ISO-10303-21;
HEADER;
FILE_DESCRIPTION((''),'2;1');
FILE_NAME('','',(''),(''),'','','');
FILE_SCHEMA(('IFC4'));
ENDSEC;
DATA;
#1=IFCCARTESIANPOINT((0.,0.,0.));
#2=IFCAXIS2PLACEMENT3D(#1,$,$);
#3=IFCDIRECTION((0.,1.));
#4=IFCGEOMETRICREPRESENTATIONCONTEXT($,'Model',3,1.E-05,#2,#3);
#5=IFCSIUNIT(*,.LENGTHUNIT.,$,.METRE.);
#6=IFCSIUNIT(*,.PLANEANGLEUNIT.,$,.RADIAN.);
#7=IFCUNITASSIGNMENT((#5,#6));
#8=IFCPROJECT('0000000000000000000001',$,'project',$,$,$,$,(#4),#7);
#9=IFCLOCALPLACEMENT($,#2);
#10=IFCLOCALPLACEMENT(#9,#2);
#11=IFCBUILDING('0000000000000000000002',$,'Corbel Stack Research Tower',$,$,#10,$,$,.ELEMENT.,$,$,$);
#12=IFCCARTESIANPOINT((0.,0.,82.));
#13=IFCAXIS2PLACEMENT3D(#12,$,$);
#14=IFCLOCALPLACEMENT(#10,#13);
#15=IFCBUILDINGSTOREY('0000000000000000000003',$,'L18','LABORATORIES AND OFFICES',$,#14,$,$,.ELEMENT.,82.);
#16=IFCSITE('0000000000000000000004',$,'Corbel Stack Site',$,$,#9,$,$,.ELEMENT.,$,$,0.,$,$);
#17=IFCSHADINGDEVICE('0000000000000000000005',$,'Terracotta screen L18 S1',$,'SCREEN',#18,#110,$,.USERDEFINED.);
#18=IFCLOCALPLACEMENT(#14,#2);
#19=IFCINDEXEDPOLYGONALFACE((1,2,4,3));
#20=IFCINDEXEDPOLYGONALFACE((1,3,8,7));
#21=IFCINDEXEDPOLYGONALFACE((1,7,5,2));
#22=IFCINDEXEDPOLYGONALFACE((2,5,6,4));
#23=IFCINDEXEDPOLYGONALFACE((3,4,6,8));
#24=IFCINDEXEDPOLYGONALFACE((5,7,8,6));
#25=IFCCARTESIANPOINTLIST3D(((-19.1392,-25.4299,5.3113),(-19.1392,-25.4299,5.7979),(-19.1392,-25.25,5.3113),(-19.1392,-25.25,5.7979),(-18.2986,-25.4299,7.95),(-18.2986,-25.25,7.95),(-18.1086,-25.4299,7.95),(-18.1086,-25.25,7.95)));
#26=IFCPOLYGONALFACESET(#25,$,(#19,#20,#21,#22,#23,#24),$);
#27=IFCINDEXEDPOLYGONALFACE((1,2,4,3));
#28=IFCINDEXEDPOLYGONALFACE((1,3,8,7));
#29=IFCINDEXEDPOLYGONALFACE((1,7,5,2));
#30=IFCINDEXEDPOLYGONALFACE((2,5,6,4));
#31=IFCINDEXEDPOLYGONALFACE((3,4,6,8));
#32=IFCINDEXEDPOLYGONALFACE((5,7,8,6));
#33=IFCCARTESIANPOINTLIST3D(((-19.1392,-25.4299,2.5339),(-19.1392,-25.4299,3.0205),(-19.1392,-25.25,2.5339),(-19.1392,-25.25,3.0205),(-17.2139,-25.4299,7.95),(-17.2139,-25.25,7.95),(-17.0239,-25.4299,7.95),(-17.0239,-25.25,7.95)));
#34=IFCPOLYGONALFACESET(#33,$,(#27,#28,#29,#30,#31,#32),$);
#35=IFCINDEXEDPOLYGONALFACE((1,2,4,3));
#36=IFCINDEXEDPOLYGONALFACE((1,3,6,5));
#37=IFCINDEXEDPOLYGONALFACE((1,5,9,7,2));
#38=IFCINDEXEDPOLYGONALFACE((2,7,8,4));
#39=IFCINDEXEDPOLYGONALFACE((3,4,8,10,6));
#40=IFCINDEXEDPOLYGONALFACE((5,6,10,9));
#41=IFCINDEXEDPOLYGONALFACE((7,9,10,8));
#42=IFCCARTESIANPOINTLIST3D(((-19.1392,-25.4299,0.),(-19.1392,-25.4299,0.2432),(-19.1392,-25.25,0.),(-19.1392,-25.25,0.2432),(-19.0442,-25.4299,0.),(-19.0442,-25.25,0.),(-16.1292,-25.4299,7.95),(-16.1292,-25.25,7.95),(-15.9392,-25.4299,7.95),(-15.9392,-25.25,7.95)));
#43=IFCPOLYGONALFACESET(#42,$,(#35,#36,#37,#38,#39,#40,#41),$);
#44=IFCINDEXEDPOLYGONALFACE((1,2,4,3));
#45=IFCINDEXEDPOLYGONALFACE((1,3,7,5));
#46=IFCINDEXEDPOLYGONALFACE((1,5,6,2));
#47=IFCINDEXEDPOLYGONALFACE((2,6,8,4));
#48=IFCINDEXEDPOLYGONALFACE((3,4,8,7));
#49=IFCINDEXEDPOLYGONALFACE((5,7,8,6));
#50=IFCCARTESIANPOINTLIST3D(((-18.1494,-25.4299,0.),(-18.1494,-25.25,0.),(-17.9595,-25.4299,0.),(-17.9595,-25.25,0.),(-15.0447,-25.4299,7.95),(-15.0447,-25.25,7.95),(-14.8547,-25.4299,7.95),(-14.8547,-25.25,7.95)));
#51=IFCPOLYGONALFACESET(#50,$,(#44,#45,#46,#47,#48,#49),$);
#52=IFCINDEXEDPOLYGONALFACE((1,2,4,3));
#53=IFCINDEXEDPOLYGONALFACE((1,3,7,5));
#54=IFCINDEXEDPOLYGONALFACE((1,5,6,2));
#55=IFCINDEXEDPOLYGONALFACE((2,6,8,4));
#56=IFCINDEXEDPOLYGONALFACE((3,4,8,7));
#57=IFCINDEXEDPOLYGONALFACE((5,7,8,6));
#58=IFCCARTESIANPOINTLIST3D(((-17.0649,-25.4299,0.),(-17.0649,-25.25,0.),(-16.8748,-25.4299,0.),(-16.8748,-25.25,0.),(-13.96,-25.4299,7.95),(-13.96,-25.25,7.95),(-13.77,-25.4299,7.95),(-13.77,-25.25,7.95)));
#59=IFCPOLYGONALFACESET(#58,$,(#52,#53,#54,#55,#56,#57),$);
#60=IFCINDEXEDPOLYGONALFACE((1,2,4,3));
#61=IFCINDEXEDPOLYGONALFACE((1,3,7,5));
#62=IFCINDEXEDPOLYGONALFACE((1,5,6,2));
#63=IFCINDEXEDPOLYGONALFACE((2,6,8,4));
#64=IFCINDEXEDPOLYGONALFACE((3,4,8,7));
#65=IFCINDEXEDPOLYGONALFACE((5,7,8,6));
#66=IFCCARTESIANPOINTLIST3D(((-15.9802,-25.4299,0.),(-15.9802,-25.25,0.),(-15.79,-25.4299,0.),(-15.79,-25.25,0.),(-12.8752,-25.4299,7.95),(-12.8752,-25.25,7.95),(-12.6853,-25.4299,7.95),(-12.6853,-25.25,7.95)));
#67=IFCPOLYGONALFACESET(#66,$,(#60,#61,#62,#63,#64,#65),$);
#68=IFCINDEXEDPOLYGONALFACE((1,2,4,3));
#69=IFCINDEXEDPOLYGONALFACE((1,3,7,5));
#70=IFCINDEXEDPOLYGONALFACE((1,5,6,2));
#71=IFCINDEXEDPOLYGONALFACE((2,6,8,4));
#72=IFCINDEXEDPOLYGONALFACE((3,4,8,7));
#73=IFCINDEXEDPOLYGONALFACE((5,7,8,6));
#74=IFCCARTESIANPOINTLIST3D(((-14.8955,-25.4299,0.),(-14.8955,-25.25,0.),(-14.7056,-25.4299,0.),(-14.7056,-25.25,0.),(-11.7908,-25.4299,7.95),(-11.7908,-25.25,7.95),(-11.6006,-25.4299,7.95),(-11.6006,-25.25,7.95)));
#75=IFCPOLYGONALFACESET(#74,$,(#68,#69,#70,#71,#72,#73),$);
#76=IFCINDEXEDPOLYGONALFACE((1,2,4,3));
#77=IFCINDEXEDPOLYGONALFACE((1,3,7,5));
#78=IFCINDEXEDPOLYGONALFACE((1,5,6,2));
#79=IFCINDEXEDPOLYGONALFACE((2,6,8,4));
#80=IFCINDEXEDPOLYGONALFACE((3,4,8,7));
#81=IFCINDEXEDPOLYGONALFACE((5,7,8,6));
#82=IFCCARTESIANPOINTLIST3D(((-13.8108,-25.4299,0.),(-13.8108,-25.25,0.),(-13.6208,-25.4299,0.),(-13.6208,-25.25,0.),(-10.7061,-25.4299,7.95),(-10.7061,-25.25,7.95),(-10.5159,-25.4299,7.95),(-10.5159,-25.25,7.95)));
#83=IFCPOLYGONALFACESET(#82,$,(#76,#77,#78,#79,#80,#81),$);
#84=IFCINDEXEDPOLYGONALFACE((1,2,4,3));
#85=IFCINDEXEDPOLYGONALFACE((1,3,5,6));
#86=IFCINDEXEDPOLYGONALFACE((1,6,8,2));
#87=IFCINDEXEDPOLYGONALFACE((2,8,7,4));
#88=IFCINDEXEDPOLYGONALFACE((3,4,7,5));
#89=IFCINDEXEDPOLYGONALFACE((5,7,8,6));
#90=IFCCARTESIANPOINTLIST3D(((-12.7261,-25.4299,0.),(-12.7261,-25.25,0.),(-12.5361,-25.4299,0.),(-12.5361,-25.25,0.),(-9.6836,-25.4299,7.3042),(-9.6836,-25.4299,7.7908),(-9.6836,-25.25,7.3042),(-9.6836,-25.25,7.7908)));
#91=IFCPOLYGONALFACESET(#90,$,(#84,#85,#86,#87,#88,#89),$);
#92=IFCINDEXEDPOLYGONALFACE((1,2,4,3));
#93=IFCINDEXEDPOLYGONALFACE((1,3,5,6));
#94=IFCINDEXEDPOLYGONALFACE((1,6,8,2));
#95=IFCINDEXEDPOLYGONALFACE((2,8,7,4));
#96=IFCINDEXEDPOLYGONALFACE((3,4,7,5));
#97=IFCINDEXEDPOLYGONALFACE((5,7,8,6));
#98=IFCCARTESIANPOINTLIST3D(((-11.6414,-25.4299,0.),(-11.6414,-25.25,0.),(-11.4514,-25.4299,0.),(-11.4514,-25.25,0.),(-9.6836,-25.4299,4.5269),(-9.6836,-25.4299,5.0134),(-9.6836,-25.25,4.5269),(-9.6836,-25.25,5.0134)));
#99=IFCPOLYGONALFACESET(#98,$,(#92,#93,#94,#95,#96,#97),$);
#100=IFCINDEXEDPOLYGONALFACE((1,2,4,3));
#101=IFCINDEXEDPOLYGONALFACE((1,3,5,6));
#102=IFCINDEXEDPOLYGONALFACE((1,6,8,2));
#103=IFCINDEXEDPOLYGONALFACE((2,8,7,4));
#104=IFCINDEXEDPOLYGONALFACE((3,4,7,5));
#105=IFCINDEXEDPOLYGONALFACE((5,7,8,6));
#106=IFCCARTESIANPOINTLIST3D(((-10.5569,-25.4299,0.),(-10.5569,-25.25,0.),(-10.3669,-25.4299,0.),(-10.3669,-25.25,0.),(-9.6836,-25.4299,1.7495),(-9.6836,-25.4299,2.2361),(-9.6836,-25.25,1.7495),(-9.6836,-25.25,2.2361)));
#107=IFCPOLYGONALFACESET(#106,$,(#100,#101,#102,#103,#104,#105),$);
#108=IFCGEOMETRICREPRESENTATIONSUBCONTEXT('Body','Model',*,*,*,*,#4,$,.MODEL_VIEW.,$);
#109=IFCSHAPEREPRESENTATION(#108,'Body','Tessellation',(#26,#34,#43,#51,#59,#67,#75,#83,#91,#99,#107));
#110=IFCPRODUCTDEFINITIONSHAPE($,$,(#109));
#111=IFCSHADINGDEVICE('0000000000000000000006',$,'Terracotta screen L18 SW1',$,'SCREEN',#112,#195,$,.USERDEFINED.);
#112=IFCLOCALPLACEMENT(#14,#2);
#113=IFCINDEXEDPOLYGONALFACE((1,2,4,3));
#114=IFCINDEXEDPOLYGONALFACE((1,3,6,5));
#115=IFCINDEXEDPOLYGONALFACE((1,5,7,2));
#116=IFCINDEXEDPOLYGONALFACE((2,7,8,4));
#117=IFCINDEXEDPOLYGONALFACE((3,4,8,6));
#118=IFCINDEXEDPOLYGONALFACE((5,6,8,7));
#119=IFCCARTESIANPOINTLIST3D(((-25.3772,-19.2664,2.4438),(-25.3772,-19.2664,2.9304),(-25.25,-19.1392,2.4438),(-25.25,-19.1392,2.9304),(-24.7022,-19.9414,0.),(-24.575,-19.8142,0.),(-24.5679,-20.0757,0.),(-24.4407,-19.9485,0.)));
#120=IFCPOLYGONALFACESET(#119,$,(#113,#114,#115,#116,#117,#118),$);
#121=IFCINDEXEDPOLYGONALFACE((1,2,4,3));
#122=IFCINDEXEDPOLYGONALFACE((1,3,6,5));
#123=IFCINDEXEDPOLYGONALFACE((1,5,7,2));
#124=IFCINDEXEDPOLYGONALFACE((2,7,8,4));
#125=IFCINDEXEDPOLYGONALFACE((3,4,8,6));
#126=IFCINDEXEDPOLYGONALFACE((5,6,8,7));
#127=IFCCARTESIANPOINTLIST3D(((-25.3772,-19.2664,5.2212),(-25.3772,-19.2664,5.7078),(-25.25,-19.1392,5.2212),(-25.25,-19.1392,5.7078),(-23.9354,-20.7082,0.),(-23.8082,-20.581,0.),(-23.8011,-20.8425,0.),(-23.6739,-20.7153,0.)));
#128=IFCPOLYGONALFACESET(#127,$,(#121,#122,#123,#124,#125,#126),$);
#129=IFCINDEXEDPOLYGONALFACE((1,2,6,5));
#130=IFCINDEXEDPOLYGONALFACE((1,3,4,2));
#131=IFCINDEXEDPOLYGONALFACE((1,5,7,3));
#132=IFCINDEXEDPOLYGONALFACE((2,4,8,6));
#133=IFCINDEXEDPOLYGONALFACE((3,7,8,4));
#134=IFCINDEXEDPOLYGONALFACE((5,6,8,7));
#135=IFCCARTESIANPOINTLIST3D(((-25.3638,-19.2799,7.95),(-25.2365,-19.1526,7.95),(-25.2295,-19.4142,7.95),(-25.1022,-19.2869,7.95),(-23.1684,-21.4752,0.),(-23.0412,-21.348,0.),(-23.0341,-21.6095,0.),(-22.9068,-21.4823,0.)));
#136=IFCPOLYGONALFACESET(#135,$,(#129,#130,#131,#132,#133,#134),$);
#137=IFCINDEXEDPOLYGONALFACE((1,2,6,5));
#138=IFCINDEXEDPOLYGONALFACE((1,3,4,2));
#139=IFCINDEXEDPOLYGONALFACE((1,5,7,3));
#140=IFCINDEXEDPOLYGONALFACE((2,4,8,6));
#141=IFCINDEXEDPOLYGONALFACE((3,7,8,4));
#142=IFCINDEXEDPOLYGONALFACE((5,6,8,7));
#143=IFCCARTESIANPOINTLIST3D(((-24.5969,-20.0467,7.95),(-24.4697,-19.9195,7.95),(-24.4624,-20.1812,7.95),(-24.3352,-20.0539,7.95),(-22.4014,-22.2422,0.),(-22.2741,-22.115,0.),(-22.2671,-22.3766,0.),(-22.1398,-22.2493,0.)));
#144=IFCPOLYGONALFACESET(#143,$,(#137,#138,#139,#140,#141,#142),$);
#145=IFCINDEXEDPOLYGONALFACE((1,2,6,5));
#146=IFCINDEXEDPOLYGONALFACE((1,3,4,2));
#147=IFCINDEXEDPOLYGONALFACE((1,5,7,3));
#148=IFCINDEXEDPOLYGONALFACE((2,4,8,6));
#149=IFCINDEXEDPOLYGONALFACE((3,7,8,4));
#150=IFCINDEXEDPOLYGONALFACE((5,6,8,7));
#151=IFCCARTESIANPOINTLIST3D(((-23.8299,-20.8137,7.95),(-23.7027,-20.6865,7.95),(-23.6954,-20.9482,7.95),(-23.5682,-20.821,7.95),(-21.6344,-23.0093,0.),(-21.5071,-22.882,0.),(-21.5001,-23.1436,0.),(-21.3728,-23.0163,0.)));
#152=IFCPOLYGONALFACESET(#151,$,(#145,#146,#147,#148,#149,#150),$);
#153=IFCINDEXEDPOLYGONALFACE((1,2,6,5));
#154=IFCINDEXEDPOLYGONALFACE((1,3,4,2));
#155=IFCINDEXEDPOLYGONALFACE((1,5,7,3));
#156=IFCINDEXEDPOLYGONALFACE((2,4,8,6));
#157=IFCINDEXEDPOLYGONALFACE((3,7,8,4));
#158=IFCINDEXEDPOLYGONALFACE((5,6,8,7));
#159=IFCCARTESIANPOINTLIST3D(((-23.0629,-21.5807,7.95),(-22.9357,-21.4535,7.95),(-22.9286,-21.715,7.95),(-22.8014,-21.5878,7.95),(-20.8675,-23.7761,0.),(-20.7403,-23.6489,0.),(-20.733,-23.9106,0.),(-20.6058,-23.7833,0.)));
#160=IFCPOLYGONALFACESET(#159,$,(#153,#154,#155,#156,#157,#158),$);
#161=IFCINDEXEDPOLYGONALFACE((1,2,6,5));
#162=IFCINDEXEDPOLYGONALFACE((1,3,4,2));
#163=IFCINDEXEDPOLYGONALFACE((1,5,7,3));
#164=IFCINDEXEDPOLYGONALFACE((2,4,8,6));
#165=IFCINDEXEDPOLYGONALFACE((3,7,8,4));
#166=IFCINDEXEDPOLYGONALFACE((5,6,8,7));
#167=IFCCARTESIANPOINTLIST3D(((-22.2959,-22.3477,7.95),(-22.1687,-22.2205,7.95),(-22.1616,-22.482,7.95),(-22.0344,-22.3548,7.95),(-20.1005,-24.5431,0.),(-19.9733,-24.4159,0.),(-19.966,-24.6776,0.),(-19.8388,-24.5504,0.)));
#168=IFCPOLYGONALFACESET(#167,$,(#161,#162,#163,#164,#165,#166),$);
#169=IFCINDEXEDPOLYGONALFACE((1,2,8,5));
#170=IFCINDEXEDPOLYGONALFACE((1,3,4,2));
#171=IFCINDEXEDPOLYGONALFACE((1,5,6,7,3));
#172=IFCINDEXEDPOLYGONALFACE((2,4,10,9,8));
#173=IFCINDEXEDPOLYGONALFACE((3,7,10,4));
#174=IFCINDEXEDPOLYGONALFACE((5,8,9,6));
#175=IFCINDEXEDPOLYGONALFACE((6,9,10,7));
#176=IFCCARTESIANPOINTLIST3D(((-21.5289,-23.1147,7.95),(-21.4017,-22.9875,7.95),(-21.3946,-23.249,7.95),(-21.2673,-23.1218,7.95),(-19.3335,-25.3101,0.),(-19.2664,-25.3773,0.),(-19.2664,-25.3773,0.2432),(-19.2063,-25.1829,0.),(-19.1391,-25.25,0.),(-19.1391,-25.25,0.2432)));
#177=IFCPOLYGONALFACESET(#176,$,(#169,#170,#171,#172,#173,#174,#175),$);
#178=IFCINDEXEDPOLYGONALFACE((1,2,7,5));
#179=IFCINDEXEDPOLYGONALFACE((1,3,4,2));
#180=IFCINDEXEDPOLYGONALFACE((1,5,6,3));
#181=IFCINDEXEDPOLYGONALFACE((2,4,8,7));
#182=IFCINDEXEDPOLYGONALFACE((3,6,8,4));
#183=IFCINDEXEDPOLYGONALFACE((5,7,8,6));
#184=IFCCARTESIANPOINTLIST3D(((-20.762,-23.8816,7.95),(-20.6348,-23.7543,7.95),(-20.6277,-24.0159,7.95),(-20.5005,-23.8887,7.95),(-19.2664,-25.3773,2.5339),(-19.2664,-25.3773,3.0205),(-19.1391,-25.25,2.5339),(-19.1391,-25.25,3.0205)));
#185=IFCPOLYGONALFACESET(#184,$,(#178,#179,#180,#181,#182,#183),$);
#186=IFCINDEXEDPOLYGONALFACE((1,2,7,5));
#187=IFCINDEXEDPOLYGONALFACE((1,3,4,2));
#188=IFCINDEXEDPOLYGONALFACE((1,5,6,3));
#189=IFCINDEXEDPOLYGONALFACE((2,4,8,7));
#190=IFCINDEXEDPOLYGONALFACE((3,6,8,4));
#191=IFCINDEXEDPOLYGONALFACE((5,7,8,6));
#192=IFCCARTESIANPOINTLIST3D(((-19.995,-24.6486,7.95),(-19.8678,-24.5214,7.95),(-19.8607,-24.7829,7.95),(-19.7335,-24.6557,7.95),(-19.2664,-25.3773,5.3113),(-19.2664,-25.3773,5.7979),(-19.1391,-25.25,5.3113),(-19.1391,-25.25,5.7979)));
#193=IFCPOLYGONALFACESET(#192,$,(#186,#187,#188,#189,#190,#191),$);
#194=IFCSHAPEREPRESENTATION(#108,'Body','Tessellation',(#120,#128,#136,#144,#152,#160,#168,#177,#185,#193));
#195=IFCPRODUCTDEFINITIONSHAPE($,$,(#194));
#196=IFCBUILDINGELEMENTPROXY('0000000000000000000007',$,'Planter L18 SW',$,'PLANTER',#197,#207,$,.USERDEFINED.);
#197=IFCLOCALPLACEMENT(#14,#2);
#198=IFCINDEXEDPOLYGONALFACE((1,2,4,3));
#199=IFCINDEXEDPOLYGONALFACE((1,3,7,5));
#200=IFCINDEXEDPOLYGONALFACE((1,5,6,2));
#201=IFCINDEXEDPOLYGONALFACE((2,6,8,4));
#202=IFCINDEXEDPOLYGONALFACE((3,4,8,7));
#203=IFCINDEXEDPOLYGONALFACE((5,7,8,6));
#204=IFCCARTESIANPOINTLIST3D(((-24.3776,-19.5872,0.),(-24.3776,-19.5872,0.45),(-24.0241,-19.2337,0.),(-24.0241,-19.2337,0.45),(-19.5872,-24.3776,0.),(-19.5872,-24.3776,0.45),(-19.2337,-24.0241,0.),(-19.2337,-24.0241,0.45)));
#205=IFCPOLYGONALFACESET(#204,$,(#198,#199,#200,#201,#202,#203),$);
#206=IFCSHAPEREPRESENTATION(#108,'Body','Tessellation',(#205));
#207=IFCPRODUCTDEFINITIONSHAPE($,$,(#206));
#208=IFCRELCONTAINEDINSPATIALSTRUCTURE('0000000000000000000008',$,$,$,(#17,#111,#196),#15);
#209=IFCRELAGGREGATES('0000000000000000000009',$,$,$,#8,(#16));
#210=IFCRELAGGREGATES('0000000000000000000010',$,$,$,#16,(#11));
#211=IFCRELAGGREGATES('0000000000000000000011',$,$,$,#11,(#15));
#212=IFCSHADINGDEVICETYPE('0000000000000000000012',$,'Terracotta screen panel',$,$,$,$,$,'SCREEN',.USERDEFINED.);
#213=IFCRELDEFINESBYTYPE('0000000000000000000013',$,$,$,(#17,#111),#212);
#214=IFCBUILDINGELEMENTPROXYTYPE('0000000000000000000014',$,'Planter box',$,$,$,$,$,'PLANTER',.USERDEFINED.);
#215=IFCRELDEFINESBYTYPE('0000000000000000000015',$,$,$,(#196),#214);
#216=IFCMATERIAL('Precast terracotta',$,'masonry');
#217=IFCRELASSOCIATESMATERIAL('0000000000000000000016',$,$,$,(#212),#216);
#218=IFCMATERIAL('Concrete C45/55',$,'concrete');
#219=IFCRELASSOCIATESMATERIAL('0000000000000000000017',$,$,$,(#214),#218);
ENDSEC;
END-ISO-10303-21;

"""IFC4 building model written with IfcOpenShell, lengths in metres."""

from ifc_helpers import new_model, si_unit, direction, frame, origin, origin_2d, place, context, subcontext, project, spatial, polyline, rectangle, outline, extrude, source, transform, mapped, material, type_object, element, save


model = new_model("IFC4")

# Units and contexts
model_context = context("Model", 3, precision=1e-05, world=origin(), true_north=direction((0.0, 1.0)))
body_context = subcontext(model_context, "Body", "Model", "MODEL_VIEW")
ifc_project = project(units=[si_unit("LENGTHUNIT", "METRE"), si_unit("PLANEANGLEUNIT", "RADIAN")], contexts=[model_context])

# Site, building, storey
site_placement = place(None, origin())
site = spatial("IfcSite", under=ifc_project, at=site_placement, Name="Corbel Stack Site", CompositionType="ELEMENT", RefElevation=0.0)
building_placement = place(site_placement, origin())
building = spatial("IfcBuilding", under=site, at=building_placement, Name="Corbel Stack Research Tower", CompositionType="ELEMENT")
storey_placement = place(building_placement, frame((0.0, 0.0, 82.0)))
storey = spatial("IfcBuildingStorey", under=building, at=storey_placement, Name="L18", Description="LABORATORIES AND OFFICES", CompositionType="ELEMENT", Elevation=82.0)

# Shading devices
ifc_material_1 = material(Name="Precast terracotta", Category="masonry")
shading_device_type = type_object("IfcShadingDeviceType", Name="Terracotta screen panel", ElementType="SCREEN", PredefinedType="USERDEFINED", material=ifc_material_1)
shared_shape_1 = source(origin(), body_context, "Body", "SweptSolid", [
    extrude(outline(polyline([(1.0305, 7.95), (0.8406, 7.95), (0.0, 5.7979), (0.0, 5.3113), (1.0305, 7.95)])), frame((0.0, 0.0, 0.0), z_axis=(0.0, -1.0, 0.0), x_axis=(1.0, 0.0, 0.0)), (0.0, 0.0, 1.0), 0.1799),
    extrude(outline(polyline([(2.1152, 7.95), (1.9253, 7.95), (0.0, 3.0205), (0.0, 2.5339), (2.1152, 7.95)])), frame((0.0, 0.0, 0.0), z_axis=(0.0, -1.0, 0.0), x_axis=(1.0, 0.0, 0.0)), (0.0, 0.0, 1.0), 0.1799),
    extrude(outline(polyline([(0.095, 0.0), (3.2, 7.95), (3.01, 7.95), (0.0, 0.2432), (0.0, 0.0), (0.095, 0.0)])), frame((0.0, 0.0, 0.0), z_axis=(0.0, -1.0, 0.0), x_axis=(1.0, 0.0, 0.0)), (0.0, 0.0, 1.0), 0.1799),
    extrude(outline(polyline([(1.1797, 0.0), (4.2844, 7.95), (4.0945, 7.95), (0.9897, 0.0), (1.1797, 0.0)])), frame((0.0, 0.0, 0.0), z_axis=(0.0, -1.0, 0.0), x_axis=(1.0, 0.0, 0.0)), (0.0, 0.0, 1.0), 0.1799),
    extrude(outline(polyline([(2.2644, 0.0), (5.3691, 7.95), (5.1792, 7.95), (2.0742, 0.0), (2.2644, 0.0)])), frame((0.0, 0.0, 0.0), z_axis=(0.0, -1.0, 0.0), x_axis=(1.0, 0.0, 0.0)), (0.0, 0.0, 1.0), 0.1799),
    extrude(outline(polyline([(3.3491, 0.0), (6.4539, 7.95), (6.2639, 7.95), (3.1589, 0.0), (3.3491, 0.0)])), frame((0.0, 0.0, 0.0), z_axis=(0.0, -1.0, 0.0), x_axis=(1.0, 0.0, 0.0)), (0.0, 0.0, 1.0), 0.1799),
    extrude(outline(polyline([(4.4336, 0.0), (7.5386, 7.95), (7.3484, 7.95), (4.2437, 0.0), (4.4336, 0.0)])), frame((0.0, 0.0, 0.0), z_axis=(0.0, -1.0, 0.0), x_axis=(1.0, 0.0, 0.0)), (0.0, 0.0, 1.0), 0.1799),
    extrude(outline(polyline([(5.5183, 0.0), (8.6233, 7.95), (8.4331, 7.95), (5.3284, 0.0), (5.5183, 0.0)])), frame((0.0, 0.0, 0.0), z_axis=(0.0, -1.0, 0.0), x_axis=(1.0, 0.0, 0.0)), (0.0, 0.0, 1.0), 0.1799),
    extrude(outline(polyline([(6.603, 0.0), (9.4556, 7.3042), (9.4556, 7.7908), (6.4131, 0.0), (6.603, 0.0)])), frame((0.0, 0.0, 0.0), z_axis=(0.0, -1.0, 0.0), x_axis=(1.0, 0.0, 0.0)), (0.0, 0.0, 1.0), 0.1799),
    extrude(outline(polyline([(7.6877, 0.0), (9.4556, 4.5269), (9.4556, 5.0134), (7.4978, 0.0), (7.6877, 0.0)])), frame((0.0, 0.0, 0.0), z_axis=(0.0, -1.0, 0.0), x_axis=(1.0, 0.0, 0.0)), (0.0, 0.0, 1.0), 0.1799),
    extrude(outline(polyline([(8.7722, 0.0), (9.4556, 1.7495), (9.4556, 2.2361), (8.5823, 0.0), (8.7722, 0.0)])), frame((0.0, 0.0, 0.0), z_axis=(0.0, -1.0, 0.0), x_axis=(1.0, 0.0, 0.0)), (0.0, 0.0, 1.0), 0.1799),
])
shading_device_1_placement = place(storey_placement, frame((-19.1392, -25.25, 0.0), z_axis=(0.0, 0.0, 1.0), x_axis=(1.0, 0.0, 0.0)))
element("IfcShadingDevice", 1, at=shading_device_1_placement, inside=storey, type_object=shading_device_type, Name="Terracotta screen L18 S1", ObjectType="SCREEN", PredefinedType="USERDEFINED", context=body_context, shape_type="MappedRepresentation", body=[
    mapped(shared_shape_1, transform((0.0, 0.0, 0.0))),
])
shared_shape_2 = source(origin(), body_context, "Body", "SweptSolid", [
    extrude(outline(polyline([(1.1445, 0.0), (0.0, 2.9304), (0.0, 2.4438), (0.9546, 0.0), (1.1445, 0.0)])), frame((0.0, 0.0, 0.0), z_axis=(0.0, -1.0, 0.0), x_axis=(1.0, 0.0, 0.0)), (0.0, 0.0, 1.0), 0.1799),
    extrude(outline(polyline([(2.229, 0.0), (0.0, 5.7078), (0.0, 5.2212), (2.0391, 0.0), (2.229, 0.0)])), frame((0.0, 0.0, 0.0), z_axis=(0.0, -1.0, 0.0), x_axis=(1.0, 0.0, 0.0)), (0.0, 0.0, 1.0), 0.1799),
    extrude(outline(polyline([(3.3137, 0.0), (0.209, 7.95), (0.019, 7.95), (3.1238, 0.0), (3.3137, 0.0)])), frame((0.0, 0.0, 0.0), z_axis=(0.0, -1.0, 0.0), x_axis=(1.0, 0.0, 0.0)), (0.0, 0.0, 1.0), 0.1799),
    extrude(outline(polyline([(4.3984, 0.0), (1.2937, 7.95), (1.1035, 7.95), (4.2085, 0.0), (4.3984, 0.0)])), frame((0.0, 0.0, 0.0), z_axis=(0.0, -1.0, 0.0), x_axis=(1.0, 0.0, 0.0)), (0.0, 0.0, 1.0), 0.1799),
    extrude(outline(polyline([(5.4832, 0.0), (2.3784, 7.95), (2.1882, 7.95), (5.2932, 0.0), (5.4832, 0.0)])), frame((0.0, 0.0, 0.0), z_axis=(0.0, -1.0, 0.0), x_axis=(1.0, 0.0, 0.0)), (0.0, 0.0, 1.0), 0.1799),
    extrude(outline(polyline([(6.5679, 0.0), (3.4629, 7.95), (3.2729, 7.95), (6.3777, 0.0), (6.5679, 0.0)])), frame((0.0, 0.0, 0.0), z_axis=(0.0, -1.0, 0.0), x_axis=(1.0, 0.0, 0.0)), (0.0, 0.0, 1.0), 0.1799),
    extrude(outline(polyline([(7.6526, 0.0), (4.5476, 7.95), (4.3577, 7.95), (7.4624, 0.0), (7.6526, 0.0)])), frame((0.0, 0.0, 0.0), z_axis=(0.0, -1.0, 0.0), x_axis=(1.0, 0.0, 0.0)), (0.0, 0.0, 1.0), 0.1799),
    extrude(outline(polyline([(8.6421, 0.0), (8.6421, 0.2432), (5.6323, 7.95), (5.4424, 7.95), (8.5471, 0.0), (8.6421, 0.0)])), frame((0.0, 0.0, 0.0), z_axis=(0.0, -1.0, 0.0), x_axis=(1.0, 0.0, 0.0)), (0.0, 0.0, 1.0), 0.1799),
    extrude(outline(polyline([(6.7168, 7.95), (6.5269, 7.95), (8.6421, 2.5339), (8.6421, 3.0205), (6.7168, 7.95)])), frame((0.0, 0.0, 0.0), z_axis=(0.0, -1.0, 0.0), x_axis=(1.0, 0.0, 0.0)), (0.0, 0.0, 1.0), 0.1799),
    extrude(outline(polyline([(7.8015, 7.95), (7.6116, 7.95), (8.6421, 5.3113), (8.6421, 5.7979), (7.8015, 7.95)])), frame((0.0, 0.0, 0.0), z_axis=(0.0, -1.0, 0.0), x_axis=(1.0, 0.0, 0.0)), (0.0, 0.0, 1.0), 0.1799),
])
shading_device_2_placement = place(storey_placement, frame((-25.25, -19.1392, 0.0), z_axis=(0.0, 0.0, 1.0), x_axis=(0.707107, -0.707107, 0.0)))
element("IfcShadingDevice", 2, at=shading_device_2_placement, inside=storey, type_object=shading_device_type, Name="Terracotta screen L18 SW1", ObjectType="SCREEN", PredefinedType="USERDEFINED", context=body_context, shape_type="MappedRepresentation", body=[
    mapped(shared_shape_2, transform((0.0, 0.0, 0.0))),
])

# Building element proxy
ifc_material_2 = material(Name="Concrete C45/55", Category="concrete")
building_element_proxy_type = type_object("IfcBuildingElementProxyType", Name="Planter box", ElementType="PLANTER", PredefinedType="USERDEFINED", material=ifc_material_2)
proxy_placement = place(storey_placement, frame((-21.8057, -21.8057, 0.0), z_axis=(0.0, 0.0, 1.0), x_axis=(0.707107, -0.707107, 0.0)))
element("IfcBuildingElementProxy", 3, at=proxy_placement, inside=storey, type_object=building_element_proxy_type, Name="Planter L18 SW", ObjectType="PLANTER", PredefinedType="USERDEFINED", context=body_context, shape_type="SweptSolid", body=[
    extrude(rectangle(XDim=6.7747, YDim=0.5, at=origin_2d()), origin(), (0.0, 0.0, 1.0), 0.45),
])

save(model, "model.ifc")
